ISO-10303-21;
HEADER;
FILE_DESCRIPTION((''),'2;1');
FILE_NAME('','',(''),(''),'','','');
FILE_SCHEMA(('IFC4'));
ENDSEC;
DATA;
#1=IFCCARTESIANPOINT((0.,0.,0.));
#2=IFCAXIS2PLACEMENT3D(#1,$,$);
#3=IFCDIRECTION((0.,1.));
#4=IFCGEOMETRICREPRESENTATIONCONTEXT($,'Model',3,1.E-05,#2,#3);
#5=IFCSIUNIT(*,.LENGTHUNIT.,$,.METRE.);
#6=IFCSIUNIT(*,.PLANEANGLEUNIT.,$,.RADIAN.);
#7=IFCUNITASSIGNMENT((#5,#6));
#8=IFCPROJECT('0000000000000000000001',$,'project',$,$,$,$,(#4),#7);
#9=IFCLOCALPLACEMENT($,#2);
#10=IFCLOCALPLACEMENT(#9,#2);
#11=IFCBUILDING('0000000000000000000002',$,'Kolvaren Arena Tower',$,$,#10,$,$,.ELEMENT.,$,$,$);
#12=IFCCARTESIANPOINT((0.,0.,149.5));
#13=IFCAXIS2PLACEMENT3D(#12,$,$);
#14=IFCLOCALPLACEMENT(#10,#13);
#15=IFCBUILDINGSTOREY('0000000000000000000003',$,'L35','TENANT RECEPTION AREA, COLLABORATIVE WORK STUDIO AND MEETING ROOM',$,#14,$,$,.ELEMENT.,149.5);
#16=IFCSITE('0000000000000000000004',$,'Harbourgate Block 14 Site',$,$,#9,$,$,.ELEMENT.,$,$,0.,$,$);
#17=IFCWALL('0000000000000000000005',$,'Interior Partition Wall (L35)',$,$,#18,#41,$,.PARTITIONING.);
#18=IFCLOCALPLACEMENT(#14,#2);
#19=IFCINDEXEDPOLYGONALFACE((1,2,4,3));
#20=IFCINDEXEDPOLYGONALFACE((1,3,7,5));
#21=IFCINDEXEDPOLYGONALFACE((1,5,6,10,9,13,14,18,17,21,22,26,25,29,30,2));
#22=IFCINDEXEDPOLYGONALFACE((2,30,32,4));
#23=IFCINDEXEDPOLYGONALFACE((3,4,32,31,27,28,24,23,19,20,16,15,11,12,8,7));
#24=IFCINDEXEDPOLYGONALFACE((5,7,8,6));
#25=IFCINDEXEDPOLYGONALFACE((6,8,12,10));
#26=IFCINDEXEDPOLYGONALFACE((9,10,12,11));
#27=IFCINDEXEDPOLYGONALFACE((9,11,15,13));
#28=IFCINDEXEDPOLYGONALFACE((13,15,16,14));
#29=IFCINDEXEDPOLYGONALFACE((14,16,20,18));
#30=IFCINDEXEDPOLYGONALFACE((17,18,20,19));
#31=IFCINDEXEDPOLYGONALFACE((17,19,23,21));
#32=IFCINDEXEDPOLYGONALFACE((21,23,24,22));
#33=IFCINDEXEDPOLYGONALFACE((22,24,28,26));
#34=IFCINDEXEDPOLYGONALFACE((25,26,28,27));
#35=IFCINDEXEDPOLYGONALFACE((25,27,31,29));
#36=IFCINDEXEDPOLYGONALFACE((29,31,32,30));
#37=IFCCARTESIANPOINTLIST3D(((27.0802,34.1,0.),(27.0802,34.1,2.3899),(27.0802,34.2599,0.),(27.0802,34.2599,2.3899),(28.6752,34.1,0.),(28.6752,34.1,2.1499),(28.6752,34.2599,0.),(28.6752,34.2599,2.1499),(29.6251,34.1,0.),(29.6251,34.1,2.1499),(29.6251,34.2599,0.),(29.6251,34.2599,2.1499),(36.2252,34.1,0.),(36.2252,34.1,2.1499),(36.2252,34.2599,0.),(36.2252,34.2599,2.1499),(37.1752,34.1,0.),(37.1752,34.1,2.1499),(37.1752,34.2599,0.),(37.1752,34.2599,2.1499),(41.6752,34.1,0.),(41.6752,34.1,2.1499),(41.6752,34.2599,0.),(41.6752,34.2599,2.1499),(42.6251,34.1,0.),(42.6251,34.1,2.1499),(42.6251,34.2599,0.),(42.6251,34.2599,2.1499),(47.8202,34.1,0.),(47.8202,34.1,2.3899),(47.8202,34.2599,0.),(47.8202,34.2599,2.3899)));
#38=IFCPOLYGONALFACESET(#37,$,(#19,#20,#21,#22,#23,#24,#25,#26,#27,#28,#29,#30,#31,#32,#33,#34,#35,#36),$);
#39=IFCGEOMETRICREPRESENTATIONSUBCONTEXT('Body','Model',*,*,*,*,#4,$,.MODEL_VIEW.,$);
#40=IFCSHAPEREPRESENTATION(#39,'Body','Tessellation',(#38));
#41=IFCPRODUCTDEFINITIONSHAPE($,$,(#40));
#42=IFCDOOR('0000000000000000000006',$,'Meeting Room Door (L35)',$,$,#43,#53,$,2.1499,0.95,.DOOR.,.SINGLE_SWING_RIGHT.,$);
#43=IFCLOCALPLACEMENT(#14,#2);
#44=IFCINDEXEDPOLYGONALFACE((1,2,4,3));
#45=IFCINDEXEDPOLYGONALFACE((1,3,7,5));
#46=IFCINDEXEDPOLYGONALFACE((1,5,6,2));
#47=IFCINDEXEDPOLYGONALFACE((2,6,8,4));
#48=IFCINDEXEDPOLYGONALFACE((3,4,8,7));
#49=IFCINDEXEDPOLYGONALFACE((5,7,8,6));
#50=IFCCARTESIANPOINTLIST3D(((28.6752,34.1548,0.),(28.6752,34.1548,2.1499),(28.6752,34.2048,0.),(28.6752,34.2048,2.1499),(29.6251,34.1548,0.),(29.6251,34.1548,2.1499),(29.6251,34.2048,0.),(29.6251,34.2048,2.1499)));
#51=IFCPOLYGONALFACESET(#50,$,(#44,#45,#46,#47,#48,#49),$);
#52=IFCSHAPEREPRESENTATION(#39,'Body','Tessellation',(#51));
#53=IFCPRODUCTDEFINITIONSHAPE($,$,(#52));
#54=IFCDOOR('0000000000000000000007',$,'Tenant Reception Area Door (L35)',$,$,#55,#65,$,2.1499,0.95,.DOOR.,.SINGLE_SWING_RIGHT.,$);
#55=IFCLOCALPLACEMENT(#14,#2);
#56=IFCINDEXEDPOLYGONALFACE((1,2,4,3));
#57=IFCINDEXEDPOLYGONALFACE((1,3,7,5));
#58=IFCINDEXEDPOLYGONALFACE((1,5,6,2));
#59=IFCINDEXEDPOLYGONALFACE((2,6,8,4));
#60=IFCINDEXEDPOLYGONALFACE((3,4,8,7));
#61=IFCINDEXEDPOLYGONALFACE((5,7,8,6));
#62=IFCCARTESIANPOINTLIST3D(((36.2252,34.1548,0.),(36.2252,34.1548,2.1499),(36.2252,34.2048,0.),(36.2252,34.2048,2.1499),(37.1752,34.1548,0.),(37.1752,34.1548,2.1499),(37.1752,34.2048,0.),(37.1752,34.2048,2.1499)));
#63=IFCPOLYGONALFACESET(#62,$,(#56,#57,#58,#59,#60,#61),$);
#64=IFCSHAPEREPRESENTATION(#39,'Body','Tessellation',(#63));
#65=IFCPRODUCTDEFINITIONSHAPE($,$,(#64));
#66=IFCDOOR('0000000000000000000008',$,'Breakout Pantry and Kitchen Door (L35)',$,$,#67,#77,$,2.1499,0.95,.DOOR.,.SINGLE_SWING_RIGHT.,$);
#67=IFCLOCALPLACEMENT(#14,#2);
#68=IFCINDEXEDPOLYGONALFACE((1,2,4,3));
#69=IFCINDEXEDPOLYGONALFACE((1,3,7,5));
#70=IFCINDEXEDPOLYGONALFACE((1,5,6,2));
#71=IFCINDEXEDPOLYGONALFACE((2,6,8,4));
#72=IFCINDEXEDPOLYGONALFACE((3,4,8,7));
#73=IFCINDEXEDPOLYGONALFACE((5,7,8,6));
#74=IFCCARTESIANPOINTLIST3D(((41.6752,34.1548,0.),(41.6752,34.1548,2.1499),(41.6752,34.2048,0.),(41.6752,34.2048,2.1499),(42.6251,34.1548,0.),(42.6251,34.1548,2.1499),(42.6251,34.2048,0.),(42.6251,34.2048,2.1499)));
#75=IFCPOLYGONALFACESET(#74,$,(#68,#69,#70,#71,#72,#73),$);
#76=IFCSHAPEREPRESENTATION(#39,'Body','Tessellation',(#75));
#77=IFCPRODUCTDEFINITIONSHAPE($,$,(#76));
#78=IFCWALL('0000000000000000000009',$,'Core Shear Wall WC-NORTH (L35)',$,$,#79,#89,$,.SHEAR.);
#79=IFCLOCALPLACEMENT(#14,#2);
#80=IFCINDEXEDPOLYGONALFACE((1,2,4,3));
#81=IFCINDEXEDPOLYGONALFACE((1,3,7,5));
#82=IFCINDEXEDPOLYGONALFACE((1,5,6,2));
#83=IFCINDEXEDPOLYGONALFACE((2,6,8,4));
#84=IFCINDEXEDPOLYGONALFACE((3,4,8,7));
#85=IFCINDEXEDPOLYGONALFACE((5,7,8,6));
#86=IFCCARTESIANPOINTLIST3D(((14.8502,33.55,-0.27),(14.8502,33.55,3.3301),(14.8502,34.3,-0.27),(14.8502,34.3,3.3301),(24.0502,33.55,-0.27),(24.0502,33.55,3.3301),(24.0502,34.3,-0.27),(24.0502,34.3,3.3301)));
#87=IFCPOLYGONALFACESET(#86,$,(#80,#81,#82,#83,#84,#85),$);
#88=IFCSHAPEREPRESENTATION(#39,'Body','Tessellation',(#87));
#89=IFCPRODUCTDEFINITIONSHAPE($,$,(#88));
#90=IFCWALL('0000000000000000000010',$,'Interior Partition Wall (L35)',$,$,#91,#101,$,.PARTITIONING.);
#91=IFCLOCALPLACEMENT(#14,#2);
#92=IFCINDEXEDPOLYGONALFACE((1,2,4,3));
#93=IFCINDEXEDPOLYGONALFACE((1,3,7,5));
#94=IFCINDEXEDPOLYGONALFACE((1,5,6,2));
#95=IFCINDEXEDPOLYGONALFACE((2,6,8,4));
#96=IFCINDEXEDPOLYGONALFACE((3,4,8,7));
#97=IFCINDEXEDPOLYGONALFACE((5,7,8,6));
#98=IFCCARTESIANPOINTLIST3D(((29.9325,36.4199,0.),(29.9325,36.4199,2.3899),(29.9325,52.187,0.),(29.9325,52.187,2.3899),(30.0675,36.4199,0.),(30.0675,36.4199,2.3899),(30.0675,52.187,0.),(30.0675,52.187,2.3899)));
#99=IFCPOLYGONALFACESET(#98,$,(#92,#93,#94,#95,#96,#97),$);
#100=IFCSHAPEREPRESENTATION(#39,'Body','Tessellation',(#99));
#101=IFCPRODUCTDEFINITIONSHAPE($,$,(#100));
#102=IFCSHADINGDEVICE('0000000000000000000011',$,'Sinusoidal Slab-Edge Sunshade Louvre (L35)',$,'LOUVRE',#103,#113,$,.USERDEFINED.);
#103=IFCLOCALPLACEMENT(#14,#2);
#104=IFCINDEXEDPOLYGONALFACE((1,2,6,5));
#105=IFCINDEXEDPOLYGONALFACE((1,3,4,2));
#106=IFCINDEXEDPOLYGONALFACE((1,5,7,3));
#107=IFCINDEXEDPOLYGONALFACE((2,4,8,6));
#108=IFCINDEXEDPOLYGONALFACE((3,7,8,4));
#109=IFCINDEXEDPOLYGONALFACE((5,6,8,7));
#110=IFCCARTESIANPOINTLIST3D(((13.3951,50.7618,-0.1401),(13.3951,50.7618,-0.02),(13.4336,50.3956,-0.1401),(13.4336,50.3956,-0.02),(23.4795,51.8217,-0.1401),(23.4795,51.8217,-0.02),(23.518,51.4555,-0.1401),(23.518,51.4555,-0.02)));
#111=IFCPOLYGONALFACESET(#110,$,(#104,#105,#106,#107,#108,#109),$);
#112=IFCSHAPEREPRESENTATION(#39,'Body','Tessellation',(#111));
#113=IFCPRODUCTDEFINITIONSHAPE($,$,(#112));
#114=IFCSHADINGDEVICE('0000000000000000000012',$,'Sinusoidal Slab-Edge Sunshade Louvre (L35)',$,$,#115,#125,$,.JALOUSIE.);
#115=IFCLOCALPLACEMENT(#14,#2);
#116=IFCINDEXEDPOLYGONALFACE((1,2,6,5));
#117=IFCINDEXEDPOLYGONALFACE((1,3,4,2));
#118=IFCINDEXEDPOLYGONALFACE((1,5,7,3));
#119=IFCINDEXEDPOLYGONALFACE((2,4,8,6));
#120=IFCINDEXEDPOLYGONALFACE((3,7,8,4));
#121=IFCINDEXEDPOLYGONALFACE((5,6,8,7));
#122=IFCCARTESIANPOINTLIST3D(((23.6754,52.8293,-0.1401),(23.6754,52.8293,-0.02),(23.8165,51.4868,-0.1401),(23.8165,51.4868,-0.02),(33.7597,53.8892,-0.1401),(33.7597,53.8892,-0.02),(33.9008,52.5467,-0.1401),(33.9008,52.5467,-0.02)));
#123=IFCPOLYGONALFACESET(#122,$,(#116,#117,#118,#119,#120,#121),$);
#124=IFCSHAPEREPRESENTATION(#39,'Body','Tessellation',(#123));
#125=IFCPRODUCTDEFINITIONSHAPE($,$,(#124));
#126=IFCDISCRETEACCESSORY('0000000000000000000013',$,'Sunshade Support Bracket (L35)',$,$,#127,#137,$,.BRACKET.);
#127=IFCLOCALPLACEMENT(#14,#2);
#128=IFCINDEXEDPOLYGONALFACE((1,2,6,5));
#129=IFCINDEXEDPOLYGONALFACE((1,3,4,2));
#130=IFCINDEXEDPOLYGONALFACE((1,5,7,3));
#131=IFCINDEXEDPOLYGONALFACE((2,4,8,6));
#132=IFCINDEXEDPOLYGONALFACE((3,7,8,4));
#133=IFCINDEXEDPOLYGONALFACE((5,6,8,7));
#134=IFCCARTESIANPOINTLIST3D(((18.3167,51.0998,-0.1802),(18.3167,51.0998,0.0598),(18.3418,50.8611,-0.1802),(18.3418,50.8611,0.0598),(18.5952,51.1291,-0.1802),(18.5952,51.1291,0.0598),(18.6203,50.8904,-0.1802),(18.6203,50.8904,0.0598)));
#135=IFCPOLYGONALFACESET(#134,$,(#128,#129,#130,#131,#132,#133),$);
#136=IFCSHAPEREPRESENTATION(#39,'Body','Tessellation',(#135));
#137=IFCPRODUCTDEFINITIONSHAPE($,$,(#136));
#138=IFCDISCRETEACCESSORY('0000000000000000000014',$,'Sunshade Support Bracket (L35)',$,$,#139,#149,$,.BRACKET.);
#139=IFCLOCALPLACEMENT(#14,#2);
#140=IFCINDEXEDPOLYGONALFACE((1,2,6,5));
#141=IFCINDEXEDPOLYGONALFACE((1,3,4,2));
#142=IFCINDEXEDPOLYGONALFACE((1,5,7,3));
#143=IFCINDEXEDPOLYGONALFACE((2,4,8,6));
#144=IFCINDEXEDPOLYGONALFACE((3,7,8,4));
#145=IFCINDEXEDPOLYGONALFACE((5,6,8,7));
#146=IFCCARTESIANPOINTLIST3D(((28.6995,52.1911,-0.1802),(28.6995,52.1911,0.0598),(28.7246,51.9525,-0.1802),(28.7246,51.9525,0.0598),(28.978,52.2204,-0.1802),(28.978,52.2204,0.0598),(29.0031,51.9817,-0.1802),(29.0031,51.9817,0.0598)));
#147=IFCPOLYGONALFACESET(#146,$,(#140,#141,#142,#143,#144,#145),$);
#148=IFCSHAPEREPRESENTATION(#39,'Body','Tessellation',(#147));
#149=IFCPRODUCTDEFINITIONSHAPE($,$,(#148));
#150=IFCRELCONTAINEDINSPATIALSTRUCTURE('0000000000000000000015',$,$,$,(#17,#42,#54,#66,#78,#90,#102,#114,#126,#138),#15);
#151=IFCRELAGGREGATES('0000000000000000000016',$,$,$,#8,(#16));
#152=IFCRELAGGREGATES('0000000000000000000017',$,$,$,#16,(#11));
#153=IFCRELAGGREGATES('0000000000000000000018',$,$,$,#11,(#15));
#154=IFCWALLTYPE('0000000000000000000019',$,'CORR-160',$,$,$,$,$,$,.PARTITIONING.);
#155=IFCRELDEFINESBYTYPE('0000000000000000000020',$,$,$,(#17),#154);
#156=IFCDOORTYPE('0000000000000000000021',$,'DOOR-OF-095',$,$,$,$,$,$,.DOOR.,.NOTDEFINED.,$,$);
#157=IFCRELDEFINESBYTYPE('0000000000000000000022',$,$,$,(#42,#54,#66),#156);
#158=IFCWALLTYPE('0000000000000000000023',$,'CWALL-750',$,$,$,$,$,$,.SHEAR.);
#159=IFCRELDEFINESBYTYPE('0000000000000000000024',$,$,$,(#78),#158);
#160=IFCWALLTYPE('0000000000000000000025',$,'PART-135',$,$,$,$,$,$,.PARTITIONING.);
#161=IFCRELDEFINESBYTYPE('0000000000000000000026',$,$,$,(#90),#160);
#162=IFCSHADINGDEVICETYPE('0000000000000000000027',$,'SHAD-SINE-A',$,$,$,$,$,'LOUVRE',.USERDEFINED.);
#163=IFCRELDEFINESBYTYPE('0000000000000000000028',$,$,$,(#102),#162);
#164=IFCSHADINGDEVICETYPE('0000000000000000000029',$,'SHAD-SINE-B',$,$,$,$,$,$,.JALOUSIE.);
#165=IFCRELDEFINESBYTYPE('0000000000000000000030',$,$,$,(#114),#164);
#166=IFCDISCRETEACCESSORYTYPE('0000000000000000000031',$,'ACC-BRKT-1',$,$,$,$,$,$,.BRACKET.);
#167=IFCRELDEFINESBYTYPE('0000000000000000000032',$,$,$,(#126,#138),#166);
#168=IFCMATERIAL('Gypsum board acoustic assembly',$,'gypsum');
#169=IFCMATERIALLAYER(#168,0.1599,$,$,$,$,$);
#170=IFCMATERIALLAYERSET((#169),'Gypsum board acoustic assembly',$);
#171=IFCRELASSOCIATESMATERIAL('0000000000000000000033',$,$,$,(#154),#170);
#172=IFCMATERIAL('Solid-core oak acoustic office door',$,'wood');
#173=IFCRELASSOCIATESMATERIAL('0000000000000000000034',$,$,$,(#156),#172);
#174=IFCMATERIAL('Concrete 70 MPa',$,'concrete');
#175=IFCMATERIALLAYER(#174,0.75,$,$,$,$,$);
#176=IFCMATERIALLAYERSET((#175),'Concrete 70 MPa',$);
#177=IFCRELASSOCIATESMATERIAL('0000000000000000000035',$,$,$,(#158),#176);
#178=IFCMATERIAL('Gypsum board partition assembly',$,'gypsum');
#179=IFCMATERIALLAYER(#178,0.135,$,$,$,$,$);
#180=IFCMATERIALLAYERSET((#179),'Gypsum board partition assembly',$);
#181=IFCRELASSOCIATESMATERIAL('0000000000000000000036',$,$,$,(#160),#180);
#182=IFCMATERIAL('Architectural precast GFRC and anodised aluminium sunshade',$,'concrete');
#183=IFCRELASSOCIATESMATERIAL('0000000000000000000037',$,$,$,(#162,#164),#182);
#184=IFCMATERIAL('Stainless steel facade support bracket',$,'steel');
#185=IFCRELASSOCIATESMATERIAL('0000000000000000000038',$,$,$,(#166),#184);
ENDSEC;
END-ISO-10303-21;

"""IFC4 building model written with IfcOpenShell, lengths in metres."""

from ifc_helpers import new_model, si_unit, direction, frame, frame_2d, origin, origin_2d, place, context, subcontext, project, spatial, rectangle, extrude, material, layer, layer_set, type_object, element, fill, save


model = new_model("IFC4")

# Units and contexts
model_context = context("Model", 3, precision=1e-05, world=origin(), true_north=direction((0.0, 1.0)))
body_context = subcontext(model_context, "Body", "Model", "MODEL_VIEW")
ifc_project = project(units=[si_unit("LENGTHUNIT", "METRE"), si_unit("PLANEANGLEUNIT", "RADIAN")], contexts=[model_context])

# Site, building, storey
site_placement = place(None, origin())
site = spatial("IfcSite", under=ifc_project, at=site_placement, Name="Harbourgate Block 14 Site", CompositionType="ELEMENT", RefElevation=0.0)
building_placement = place(site_placement, origin())
building = spatial("IfcBuilding", under=site, at=building_placement, Name="Kolvaren Arena Tower", CompositionType="ELEMENT")
storey_placement = place(building_placement, frame((0.0, 0.0, 149.5)))
storey = spatial("IfcBuildingStorey", under=building, at=storey_placement, Name="L35", Description="TENANT RECEPTION AREA, COLLABORATIVE WORK STUDIO AND MEETING ROOM", CompositionType="ELEMENT", Elevation=149.5)

# Shared definitions
ifc_material_1 = material(Name="Gypsum board acoustic assembly", Category="gypsum")
ifc_layer_1 = layer(ifc_material_1, 0.1599)
ifc_layer_set_1 = layer_set([ifc_layer_1], Name="Gypsum board acoustic assembly")
wall_type_1 = type_object("IfcWallType", Name="CORR-160", PredefinedType="PARTITIONING", material=ifc_layer_set_1)

# Wall, openings, doors
ifc_material_2 = material(Name="Solid-core oak acoustic office door", Category="wood")
door_type = type_object("IfcDoorType", Name="DOOR-OF-095", OperationType="NOTDEFINED", PredefinedType="DOOR", material=ifc_material_2)
wall_1_placement = place(storey_placement, frame((27.0801, 34.1799, 0.0), z_axis=(0.0, 0.0, 1.0), x_axis=(1.0, 0.0, 0.0)))
wall_1 = element("IfcWall", 1, at=wall_1_placement, inside=storey, type_object=wall_type_1, Name="Interior Partition Wall (L35)", PredefinedType="PARTITIONING", context=body_context, shape_type="SweptSolid", body=[
    extrude(rectangle(XDim=20.74, YDim=0.1599, at=frame_2d((10.3701, 0.0))), origin(), (0.0, 0.0, 1.0), 2.3899),
])
opening_1_placement = place(wall_1_placement, frame((1.595, 0.0, 0.0)))
opening_1 = element("IfcOpeningElement", 2, at=opening_1_placement, cuts=wall_1, PredefinedType="OPENING", context=body_context, shape_type="SweptSolid", body=[
    extrude(rectangle(XDim=0.95, YDim=2.1499, at=frame_2d((0.4751, 1.075))), frame((0.0, 0.0898, 0.0), z_axis=(0.0, -1.0, 0.0), x_axis=(1.0, 0.0, 0.0)), (0.0, 0.0, 1.0), 0.1799),
])
opening_2_placement = place(wall_1_placement, frame((9.145, 0.0, 0.0)))
opening_2 = element("IfcOpeningElement", 3, at=opening_2_placement, cuts=wall_1, PredefinedType="OPENING", context=body_context, shape_type="SweptSolid", body=[
    extrude(rectangle(XDim=0.95, YDim=2.1499, at=frame_2d((0.4751, 1.075))), frame((0.0, 0.0898, 0.0), z_axis=(0.0, -1.0, 0.0), x_axis=(1.0, 0.0, 0.0)), (0.0, 0.0, 1.0), 0.1799),
])
opening_3_placement = place(wall_1_placement, frame((14.595, 0.0, 0.0)))
opening_3 = element("IfcOpeningElement", 4, at=opening_3_placement, cuts=wall_1, PredefinedType="OPENING", context=body_context, shape_type="SweptSolid", body=[
    extrude(rectangle(XDim=0.95, YDim=2.1499, at=frame_2d((0.4751, 1.075))), frame((0.0, 0.0898, 0.0), z_axis=(0.0, -1.0, 0.0), x_axis=(1.0, 0.0, 0.0)), (0.0, 0.0, 1.0), 0.1799),
])
door_1_placement = place(opening_1_placement, origin())
door_1 = element("IfcDoor", 5, at=door_1_placement, inside=storey, type_object=door_type, Name="Meeting Room Door (L35)", OperationType="SINGLE_SWING_RIGHT", OverallHeight=2.1499, OverallWidth=0.95, PredefinedType="DOOR", context=body_context, shape_type="SweptSolid", body=[
    extrude(rectangle(XDim=0.95, YDim=2.1499, at=frame_2d((0.4751, 1.075))), frame((0.0, 0.0249, 0.0), z_axis=(0.0, -1.0, 0.0), x_axis=(1.0, 0.0, 0.0)), (0.0, 0.0, 1.0), 0.05),
])
fill(opening_1, door_1)
door_2_placement = place(opening_2_placement, origin())
door_2 = element("IfcDoor", 6, at=door_2_placement, inside=storey, type_object=door_type, Name="Tenant Reception Area Door (L35)", OperationType="SINGLE_SWING_RIGHT", OverallHeight=2.1499, OverallWidth=0.95, PredefinedType="DOOR", context=body_context, shape_type="SweptSolid", body=[
    extrude(rectangle(XDim=0.95, YDim=2.1499, at=frame_2d((0.4751, 1.075))), frame((0.0, 0.0249, 0.0), z_axis=(0.0, -1.0, 0.0), x_axis=(1.0, 0.0, 0.0)), (0.0, 0.0, 1.0), 0.05),
])
fill(opening_2, door_2)
door_3_placement = place(opening_3_placement, origin())
door_3 = element("IfcDoor", 7, at=door_3_placement, inside=storey, type_object=door_type, Name="Breakout Pantry and Kitchen Door (L35)", OperationType="SINGLE_SWING_RIGHT", OverallHeight=2.1499, OverallWidth=0.95, PredefinedType="DOOR", context=body_context, shape_type="SweptSolid", body=[
    extrude(rectangle(XDim=0.95, YDim=2.1499, at=frame_2d((0.4751, 1.075))), frame((0.0, 0.0249, 0.0), z_axis=(0.0, -1.0, 0.0), x_axis=(1.0, 0.0, 0.0)), (0.0, 0.0, 1.0), 0.05),
])
fill(opening_3, door_3)

# Walls
ifc_material_3 = material(Name="Concrete 70 MPa", Category="concrete")
ifc_layer_2 = layer(ifc_material_3, 0.75)
ifc_layer_set_2 = layer_set([ifc_layer_2], Name="Concrete 70 MPa")
wall_type_2 = type_object("IfcWallType", Name="CWALL-750", PredefinedType="SHEAR", material=ifc_layer_set_2)
wall_2_placement = place(storey_placement, frame((14.8501, 33.925, -0.27), z_axis=(0.0, 0.0, 1.0), x_axis=(1.0, 0.0, 0.0)))
element("IfcWall", 8, at=wall_2_placement, inside=storey, type_object=wall_type_2, Name="Core Shear Wall WC-NORTH (L35)", PredefinedType="SHEAR", context=body_context, shape_type="SweptSolid", body=[
    extrude(rectangle(XDim=9.2, YDim=0.75, at=frame_2d((4.6001, 0.0))), origin(), (0.0, 0.0, 1.0), 3.6001),
])
ifc_material_4 = material(Name="Gypsum board partition assembly", Category="gypsum")
ifc_layer_3 = layer(ifc_material_4, 0.135)
ifc_layer_set_3 = layer_set([ifc_layer_3], Name="Gypsum board partition assembly")
wall_type_3 = type_object("IfcWallType", Name="PART-135", PredefinedType="PARTITIONING", material=ifc_layer_set_3)
wall_3_placement = place(storey_placement, frame((30.0, 36.4199, 0.0), z_axis=(0.0, 0.0, 1.0), x_axis=(0.0, 1.0, 0.0)))
element("IfcWall", 9, at=wall_3_placement, inside=storey, type_object=wall_type_3, Name="Interior Partition Wall (L35)", PredefinedType="PARTITIONING", context=body_context, shape_type="SweptSolid", body=[
    extrude(rectangle(XDim=15.7671, YDim=0.135, at=frame_2d((7.8835, 0.0))), origin(), (0.0, 0.0, 1.0), 2.3899),
])

# Shading devices
ifc_material_5 = material(Name="Architectural precast GFRC and anodised aluminium sunshade", Category="concrete")
shading_device_type_1 = type_object("IfcShadingDeviceType", Name="SHAD-SINE-A", ElementType="LOUVRE", PredefinedType="USERDEFINED", material=ifc_material_5)
shading_device_1_placement = place(storey_placement, frame((18.4565, 51.1086, -0.1401), z_axis=(0.0, 0.0, 1.0), x_axis=(0.994522, 0.104527, 0.0)))
element("IfcShadingDevice", 10, at=shading_device_1_placement, inside=storey, type_object=shading_device_type_1, Name="Sinusoidal Slab-Edge Sunshade Louvre (L35)", ObjectType="LOUVRE", PredefinedType="USERDEFINED", context=body_context, shape_type="SweptSolid", body=[
    extrude(rectangle(XDim=10.1399, YDim=0.3682, at=origin_2d()), origin(), (0.0, 0.0, 1.0), 0.1201),
])
shading_device_type_2 = type_object("IfcShadingDeviceType", Name="SHAD-SINE-B", PredefinedType="JALOUSIE", material=ifc_material_5)
shading_device_2_placement = place(storey_placement, frame((28.7881, 52.688, -0.1401), z_axis=(0.0, 0.0, 1.0), x_axis=(0.994522, 0.104527, 0.0)))
element("IfcShadingDevice", 11, at=shading_device_2_placement, inside=storey, type_object=shading_device_type_2, Name="Sinusoidal Slab-Edge Sunshade Louvre (L35)", PredefinedType="JALOUSIE", context=body_context, shape_type="SweptSolid", body=[
    extrude(rectangle(XDim=10.1399, YDim=1.3499, at=origin_2d()), origin(), (0.0, 0.0, 1.0), 0.1201),
])

# Discrete accessories
ifc_material_6 = material(Name="Stainless steel facade support bracket", Category="steel")
discrete_accessory_type = type_object("IfcDiscreteAccessoryType", Name="ACC-BRKT-1", PredefinedType="BRACKET", material=ifc_material_6)
for number, where, z_axis, x_axis, name in (
    (12, (18.4685, 50.9951, -0.1802), (0.0, 0.0, 1.0), (0.994522, 0.104527, 0.0), "Sunshade Support Bracket (L35)"),
    (13, (28.8513, 52.0864, -0.1802), (0.0, 0.0, 1.0), (0.994522, 0.104527, 0.0), "Sunshade Support Bracket (L35)"),
):
    element("IfcDiscreteAccessory", number, at=place(storey_placement, frame(where, z_axis=z_axis, x_axis=x_axis)), inside=storey, type_object=discrete_accessory_type, Name=name, PredefinedType="BRACKET", context=body_context, shape_type="SweptSolid", body=[
        extrude(rectangle(XDim=0.28, YDim=0.24, at=origin_2d()), origin(), (0.0, 0.0, 1.0), 0.24),
    ])

save(model, "model.ifc")
